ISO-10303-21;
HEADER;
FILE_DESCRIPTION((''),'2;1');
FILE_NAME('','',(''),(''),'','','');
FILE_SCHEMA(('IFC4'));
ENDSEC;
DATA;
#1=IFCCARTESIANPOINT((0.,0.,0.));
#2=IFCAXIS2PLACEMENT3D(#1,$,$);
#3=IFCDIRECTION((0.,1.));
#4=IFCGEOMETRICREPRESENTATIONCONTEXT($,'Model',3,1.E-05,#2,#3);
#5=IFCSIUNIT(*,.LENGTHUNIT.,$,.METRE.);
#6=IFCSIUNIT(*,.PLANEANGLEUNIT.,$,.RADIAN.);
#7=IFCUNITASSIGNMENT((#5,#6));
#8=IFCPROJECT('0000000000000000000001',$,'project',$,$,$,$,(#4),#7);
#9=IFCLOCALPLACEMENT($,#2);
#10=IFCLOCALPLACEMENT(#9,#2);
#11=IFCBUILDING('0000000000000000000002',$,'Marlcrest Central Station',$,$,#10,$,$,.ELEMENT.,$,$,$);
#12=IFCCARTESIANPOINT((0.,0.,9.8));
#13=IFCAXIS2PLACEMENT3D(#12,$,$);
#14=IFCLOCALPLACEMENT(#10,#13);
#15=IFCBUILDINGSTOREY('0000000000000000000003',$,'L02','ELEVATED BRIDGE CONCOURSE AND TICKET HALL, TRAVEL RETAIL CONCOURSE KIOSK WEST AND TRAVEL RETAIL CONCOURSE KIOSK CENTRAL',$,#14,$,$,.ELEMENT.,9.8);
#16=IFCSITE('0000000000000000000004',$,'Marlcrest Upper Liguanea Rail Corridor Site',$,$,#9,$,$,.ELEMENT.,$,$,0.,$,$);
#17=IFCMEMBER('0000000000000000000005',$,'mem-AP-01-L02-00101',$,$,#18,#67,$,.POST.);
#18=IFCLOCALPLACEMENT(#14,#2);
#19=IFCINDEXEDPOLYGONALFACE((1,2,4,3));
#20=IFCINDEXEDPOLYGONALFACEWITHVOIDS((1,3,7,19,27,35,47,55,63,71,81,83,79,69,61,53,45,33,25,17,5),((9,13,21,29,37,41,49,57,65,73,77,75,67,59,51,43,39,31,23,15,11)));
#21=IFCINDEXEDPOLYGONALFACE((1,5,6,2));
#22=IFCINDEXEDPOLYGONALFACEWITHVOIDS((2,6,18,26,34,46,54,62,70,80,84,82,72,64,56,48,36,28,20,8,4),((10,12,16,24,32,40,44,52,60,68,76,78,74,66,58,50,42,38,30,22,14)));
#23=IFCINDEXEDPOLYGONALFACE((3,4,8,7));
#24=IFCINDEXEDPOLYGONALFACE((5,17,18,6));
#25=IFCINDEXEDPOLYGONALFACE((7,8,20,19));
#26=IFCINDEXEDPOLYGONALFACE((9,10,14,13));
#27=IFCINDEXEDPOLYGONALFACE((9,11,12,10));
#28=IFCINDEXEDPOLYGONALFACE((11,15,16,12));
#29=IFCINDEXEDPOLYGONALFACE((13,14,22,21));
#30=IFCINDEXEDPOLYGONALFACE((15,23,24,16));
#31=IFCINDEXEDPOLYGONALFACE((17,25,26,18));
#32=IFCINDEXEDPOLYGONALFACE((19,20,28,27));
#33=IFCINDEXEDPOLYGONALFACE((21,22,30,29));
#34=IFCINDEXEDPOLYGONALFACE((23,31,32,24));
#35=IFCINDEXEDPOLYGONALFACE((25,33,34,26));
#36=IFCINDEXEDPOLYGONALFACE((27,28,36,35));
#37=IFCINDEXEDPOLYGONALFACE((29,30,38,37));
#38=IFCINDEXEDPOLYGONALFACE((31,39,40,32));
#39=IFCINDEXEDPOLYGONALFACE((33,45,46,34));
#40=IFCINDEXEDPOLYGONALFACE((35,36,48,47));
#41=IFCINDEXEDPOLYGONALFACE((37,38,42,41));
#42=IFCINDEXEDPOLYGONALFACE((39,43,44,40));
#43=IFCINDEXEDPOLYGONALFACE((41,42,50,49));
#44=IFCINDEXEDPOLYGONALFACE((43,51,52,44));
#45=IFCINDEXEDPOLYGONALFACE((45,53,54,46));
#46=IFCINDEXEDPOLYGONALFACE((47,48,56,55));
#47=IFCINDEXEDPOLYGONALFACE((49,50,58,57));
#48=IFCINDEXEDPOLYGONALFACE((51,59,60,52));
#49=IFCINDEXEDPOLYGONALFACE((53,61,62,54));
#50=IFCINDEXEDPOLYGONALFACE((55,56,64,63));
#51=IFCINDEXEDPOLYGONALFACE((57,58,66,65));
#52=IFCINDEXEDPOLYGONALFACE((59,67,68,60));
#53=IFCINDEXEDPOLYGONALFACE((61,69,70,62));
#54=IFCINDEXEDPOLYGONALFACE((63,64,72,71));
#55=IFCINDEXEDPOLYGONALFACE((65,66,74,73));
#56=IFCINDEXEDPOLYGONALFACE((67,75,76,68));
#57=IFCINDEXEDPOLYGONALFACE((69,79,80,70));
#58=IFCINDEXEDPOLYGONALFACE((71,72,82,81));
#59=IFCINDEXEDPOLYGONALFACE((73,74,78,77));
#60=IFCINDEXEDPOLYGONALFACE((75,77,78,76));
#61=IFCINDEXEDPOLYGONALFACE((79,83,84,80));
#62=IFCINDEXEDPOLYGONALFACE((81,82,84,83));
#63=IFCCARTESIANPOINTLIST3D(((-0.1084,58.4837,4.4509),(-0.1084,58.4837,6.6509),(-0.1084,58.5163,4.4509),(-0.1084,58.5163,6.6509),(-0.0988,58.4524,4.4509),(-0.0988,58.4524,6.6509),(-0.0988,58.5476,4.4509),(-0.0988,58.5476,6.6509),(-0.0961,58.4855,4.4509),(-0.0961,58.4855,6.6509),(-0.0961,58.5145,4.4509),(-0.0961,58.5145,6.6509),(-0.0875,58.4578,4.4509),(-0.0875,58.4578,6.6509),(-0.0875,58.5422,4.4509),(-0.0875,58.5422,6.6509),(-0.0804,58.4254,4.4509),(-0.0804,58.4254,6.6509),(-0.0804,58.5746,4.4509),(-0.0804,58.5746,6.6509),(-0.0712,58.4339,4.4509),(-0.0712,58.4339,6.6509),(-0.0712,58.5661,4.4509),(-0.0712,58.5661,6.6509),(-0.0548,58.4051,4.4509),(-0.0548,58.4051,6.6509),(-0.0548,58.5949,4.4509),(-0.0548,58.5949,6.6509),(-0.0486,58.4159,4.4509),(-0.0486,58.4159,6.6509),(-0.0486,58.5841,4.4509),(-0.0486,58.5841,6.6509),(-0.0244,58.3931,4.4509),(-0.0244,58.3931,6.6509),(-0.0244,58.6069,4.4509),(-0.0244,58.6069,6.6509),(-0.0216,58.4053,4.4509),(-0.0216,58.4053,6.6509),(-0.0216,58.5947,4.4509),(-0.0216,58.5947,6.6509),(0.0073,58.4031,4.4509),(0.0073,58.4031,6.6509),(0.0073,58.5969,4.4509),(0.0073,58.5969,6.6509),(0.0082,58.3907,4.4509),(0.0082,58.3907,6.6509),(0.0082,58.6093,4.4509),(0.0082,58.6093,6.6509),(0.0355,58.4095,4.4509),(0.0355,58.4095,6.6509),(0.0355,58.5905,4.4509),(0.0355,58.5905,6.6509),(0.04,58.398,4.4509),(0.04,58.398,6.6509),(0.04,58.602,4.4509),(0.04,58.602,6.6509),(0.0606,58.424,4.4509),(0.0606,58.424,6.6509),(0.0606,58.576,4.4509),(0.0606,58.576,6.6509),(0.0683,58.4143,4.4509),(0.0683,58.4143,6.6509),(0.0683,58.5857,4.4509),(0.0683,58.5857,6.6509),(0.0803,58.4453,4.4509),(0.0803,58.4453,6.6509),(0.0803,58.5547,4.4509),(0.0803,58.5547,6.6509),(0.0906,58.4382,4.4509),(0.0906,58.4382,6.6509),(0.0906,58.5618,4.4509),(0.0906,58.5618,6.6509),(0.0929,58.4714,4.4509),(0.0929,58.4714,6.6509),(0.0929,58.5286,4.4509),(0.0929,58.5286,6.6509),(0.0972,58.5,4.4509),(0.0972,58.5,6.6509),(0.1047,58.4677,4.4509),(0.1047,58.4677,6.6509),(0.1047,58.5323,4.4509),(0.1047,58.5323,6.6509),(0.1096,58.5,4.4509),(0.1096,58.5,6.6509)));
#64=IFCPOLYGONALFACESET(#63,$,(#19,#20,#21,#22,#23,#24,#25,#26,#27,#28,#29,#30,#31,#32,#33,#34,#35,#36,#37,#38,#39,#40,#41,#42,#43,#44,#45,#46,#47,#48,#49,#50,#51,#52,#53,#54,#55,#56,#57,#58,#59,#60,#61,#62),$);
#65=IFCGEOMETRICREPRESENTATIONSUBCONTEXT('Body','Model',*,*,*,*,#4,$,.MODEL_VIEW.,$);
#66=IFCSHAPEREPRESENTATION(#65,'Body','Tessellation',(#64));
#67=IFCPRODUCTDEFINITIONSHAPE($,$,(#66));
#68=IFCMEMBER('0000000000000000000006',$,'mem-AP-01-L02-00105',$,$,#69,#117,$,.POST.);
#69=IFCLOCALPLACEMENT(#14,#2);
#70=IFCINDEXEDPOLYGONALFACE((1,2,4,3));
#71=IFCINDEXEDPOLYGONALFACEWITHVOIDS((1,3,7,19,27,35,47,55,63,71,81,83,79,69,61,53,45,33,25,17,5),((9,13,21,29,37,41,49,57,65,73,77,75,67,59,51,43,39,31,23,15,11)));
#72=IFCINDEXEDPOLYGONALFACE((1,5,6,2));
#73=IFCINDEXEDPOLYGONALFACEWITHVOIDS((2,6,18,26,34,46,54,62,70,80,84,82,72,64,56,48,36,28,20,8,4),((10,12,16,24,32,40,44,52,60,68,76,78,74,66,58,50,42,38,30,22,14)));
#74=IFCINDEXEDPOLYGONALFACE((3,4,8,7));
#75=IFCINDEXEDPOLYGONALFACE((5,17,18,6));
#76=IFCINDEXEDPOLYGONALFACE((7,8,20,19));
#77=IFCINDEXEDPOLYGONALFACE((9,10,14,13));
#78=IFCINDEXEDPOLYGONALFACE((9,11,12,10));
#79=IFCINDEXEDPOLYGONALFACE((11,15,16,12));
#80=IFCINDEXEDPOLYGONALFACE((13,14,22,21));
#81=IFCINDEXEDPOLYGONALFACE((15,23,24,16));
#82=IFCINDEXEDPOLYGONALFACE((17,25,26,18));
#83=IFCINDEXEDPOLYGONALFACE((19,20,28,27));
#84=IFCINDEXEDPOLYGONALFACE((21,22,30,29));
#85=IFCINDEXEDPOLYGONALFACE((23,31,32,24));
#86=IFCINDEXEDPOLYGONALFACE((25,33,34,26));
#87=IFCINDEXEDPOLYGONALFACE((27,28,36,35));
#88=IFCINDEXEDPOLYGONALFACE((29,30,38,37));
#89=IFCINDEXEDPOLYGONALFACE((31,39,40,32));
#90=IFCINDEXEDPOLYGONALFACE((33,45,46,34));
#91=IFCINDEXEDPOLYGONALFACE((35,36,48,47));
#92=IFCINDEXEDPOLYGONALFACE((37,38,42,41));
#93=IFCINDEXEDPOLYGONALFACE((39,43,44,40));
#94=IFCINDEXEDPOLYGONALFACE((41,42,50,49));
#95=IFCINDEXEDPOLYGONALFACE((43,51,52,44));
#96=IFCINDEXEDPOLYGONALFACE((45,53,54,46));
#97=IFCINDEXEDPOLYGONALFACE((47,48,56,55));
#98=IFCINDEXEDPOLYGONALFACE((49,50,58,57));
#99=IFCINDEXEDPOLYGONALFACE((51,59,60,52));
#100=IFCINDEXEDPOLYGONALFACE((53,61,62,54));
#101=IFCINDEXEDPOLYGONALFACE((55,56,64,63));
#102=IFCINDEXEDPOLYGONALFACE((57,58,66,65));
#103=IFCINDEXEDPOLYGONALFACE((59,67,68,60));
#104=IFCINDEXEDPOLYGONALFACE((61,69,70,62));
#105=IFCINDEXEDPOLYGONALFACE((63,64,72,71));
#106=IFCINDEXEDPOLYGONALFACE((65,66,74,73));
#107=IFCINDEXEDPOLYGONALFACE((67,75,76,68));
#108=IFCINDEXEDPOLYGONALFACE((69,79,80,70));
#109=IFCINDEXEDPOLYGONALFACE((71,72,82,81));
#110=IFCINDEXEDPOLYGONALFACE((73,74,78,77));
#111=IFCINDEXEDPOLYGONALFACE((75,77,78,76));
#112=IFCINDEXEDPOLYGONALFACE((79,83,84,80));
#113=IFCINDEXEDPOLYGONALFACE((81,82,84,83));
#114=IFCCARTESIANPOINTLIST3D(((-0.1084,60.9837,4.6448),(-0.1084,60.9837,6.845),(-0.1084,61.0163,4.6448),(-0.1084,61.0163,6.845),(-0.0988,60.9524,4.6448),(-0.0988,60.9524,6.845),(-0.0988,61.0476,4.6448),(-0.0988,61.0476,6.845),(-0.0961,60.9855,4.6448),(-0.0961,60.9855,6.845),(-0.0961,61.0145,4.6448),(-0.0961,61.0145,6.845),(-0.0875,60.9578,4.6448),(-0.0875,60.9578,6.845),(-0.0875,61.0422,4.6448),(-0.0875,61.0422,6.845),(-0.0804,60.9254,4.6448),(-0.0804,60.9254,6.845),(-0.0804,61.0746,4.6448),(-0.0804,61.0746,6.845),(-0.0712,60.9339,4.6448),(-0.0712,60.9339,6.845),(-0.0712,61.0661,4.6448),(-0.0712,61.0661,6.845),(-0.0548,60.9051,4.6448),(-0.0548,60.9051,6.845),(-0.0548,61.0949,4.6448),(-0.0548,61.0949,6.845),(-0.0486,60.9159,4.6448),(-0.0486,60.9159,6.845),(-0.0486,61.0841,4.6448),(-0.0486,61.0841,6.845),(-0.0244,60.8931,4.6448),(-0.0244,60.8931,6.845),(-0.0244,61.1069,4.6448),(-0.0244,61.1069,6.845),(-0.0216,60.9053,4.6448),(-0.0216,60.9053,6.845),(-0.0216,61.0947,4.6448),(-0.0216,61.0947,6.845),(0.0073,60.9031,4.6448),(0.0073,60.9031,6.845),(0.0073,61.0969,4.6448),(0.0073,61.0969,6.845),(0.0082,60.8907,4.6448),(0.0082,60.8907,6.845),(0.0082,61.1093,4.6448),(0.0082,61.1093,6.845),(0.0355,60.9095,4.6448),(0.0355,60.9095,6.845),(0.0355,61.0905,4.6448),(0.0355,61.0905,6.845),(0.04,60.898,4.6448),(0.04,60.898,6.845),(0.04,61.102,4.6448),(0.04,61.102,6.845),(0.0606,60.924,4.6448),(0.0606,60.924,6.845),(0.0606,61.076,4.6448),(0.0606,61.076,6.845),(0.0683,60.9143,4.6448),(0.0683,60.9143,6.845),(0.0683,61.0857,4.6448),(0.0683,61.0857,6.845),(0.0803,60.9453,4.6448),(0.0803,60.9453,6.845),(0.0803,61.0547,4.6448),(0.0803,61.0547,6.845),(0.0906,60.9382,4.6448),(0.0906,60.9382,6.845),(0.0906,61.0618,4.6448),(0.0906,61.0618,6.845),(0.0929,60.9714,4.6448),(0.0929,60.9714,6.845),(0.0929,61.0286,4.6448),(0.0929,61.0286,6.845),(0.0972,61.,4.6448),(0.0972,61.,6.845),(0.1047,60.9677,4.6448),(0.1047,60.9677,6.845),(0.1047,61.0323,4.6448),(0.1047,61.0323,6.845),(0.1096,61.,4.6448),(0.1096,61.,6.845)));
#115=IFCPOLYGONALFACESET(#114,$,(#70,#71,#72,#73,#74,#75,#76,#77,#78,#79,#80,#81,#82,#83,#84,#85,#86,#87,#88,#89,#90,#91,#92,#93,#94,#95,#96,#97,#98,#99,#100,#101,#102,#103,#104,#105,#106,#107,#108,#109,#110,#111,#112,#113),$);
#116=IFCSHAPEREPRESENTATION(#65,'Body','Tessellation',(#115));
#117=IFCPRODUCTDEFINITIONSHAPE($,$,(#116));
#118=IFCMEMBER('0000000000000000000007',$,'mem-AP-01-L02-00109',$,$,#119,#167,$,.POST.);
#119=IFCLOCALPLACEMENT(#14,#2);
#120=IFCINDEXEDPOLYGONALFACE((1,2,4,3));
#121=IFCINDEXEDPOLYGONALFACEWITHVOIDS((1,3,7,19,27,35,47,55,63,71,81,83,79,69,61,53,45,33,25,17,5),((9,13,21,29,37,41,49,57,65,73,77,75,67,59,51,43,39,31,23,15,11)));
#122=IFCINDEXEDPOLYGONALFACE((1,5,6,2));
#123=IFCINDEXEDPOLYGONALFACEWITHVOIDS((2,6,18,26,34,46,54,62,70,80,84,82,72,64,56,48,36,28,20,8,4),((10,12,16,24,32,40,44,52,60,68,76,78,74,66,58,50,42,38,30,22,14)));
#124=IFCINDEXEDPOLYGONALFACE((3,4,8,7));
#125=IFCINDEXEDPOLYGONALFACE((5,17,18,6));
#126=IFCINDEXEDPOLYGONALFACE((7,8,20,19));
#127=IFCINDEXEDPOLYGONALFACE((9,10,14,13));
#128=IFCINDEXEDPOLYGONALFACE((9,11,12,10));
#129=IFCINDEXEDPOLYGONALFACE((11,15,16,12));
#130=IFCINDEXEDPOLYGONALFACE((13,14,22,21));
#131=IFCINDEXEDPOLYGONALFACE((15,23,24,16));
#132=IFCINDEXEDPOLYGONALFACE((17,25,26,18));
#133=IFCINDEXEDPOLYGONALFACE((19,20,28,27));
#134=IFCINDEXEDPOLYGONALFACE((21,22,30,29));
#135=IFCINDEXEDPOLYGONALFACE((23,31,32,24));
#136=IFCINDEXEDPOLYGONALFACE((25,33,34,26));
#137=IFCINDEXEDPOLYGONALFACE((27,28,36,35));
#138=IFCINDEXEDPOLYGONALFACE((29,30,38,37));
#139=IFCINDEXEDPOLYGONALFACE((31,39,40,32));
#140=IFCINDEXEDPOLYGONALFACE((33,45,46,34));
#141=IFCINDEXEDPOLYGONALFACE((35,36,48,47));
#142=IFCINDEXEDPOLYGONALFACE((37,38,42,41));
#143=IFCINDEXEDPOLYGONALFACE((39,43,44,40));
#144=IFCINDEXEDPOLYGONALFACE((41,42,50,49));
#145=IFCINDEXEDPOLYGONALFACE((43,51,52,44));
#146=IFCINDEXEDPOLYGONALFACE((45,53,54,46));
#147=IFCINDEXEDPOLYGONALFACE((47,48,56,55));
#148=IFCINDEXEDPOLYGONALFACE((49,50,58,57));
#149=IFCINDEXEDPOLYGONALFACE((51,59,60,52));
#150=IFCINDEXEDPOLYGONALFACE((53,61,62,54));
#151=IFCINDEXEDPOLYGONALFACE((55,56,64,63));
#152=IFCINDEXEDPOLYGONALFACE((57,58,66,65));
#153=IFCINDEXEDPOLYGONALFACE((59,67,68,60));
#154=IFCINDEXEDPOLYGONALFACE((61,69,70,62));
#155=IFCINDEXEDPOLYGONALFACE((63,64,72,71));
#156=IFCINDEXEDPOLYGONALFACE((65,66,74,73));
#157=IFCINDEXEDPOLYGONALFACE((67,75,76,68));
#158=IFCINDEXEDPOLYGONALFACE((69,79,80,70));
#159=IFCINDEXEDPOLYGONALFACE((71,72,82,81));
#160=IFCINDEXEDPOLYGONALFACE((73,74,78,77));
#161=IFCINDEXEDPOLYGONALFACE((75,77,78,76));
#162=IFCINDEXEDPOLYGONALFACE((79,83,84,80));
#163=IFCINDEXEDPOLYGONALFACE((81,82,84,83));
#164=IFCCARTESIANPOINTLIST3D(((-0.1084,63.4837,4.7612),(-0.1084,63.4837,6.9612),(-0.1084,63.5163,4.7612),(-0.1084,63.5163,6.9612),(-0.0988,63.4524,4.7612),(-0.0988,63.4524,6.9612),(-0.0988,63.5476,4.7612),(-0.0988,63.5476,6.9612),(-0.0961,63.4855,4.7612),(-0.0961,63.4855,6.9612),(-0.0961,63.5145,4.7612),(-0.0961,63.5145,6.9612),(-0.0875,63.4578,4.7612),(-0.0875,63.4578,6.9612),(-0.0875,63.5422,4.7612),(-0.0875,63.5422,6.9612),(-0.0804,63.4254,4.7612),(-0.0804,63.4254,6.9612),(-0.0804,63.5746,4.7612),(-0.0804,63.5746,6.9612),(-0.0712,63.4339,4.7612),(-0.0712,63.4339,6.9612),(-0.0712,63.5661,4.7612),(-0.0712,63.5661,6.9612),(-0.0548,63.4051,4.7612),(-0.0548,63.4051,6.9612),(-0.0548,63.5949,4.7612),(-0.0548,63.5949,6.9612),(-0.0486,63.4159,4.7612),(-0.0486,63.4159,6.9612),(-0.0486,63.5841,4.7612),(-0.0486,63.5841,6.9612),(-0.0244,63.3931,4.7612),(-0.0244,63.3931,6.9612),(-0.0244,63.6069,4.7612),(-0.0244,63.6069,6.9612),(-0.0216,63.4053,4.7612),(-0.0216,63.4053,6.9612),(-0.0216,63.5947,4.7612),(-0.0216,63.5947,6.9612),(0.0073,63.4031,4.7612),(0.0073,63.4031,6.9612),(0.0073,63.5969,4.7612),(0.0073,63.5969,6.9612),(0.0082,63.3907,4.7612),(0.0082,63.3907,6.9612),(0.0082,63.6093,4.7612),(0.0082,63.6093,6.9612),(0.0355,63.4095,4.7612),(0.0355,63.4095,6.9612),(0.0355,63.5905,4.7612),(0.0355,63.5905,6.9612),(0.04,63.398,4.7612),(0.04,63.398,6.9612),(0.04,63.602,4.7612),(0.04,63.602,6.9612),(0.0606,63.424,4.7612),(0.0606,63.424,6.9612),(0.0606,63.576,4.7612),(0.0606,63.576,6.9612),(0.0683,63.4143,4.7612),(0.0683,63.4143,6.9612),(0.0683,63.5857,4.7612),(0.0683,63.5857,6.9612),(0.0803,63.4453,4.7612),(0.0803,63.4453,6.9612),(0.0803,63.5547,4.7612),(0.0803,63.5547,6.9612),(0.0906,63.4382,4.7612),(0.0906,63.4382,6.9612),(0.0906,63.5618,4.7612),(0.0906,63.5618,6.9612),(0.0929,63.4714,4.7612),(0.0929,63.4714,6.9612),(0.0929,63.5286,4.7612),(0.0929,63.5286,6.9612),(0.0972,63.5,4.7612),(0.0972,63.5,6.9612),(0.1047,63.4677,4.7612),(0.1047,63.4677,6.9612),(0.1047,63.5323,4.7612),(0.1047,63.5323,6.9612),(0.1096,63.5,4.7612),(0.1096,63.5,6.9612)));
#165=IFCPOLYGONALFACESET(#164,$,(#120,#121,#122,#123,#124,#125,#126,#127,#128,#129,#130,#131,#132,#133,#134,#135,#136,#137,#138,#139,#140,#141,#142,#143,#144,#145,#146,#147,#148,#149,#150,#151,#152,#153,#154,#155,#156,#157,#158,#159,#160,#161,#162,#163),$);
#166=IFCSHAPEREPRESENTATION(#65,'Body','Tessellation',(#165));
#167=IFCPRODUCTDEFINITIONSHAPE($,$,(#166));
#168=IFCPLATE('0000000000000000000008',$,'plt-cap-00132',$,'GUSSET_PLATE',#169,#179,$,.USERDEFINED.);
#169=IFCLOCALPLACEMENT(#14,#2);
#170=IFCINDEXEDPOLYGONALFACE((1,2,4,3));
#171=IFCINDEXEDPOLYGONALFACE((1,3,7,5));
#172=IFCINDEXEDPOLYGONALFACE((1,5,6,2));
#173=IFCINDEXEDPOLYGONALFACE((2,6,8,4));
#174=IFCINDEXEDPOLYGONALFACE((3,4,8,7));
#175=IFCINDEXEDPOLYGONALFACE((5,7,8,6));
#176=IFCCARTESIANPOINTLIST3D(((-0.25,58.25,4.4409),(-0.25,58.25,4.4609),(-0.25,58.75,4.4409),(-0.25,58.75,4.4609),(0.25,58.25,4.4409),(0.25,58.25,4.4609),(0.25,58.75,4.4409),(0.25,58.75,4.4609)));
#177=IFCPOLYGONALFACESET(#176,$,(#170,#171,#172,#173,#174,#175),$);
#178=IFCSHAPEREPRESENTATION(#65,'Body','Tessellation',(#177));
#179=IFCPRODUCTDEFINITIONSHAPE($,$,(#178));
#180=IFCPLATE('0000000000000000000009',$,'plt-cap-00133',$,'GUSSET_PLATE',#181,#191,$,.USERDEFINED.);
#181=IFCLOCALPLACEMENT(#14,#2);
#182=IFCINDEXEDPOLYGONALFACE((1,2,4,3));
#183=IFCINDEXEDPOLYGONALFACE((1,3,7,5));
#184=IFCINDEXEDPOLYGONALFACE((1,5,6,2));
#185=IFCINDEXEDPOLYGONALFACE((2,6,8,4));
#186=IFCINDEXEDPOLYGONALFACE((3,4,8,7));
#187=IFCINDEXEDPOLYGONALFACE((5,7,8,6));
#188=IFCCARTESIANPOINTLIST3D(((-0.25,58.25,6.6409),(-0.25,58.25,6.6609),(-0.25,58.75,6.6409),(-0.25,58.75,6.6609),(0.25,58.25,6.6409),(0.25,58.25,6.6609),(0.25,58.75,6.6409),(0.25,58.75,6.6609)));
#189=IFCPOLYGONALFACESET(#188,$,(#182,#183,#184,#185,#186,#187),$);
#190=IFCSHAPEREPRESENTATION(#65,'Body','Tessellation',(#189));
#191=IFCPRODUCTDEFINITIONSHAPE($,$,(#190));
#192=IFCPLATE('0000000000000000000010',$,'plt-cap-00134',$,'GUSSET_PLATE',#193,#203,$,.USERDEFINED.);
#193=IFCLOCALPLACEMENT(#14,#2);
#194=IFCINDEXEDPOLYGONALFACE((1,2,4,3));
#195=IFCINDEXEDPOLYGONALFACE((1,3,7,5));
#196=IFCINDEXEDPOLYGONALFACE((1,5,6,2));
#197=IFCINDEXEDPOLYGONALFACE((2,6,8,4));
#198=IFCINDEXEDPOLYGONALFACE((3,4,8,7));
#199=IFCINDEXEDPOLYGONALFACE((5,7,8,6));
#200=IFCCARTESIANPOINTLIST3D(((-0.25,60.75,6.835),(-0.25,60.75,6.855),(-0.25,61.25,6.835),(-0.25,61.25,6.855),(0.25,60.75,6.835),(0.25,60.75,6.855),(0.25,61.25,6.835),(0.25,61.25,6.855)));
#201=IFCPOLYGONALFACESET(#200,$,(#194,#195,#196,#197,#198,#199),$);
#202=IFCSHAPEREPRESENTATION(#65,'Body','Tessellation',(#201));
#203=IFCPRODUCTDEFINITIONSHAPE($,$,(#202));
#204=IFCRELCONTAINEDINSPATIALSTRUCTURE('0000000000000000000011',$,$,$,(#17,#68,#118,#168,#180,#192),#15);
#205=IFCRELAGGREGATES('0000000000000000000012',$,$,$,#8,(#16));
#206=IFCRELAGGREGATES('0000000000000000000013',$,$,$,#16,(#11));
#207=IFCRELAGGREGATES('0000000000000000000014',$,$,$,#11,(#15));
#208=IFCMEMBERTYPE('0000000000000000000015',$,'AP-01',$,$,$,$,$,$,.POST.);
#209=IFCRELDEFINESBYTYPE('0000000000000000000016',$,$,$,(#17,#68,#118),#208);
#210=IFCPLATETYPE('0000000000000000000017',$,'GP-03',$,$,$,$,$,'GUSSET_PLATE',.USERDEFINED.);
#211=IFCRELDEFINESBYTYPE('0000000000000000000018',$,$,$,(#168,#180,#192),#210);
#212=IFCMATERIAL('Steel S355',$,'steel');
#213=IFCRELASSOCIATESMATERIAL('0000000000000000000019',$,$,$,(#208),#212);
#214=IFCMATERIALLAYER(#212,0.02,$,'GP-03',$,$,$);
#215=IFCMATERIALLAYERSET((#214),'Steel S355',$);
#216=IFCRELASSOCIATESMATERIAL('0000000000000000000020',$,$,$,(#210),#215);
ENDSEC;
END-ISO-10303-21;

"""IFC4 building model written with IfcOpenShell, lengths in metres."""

from ifc_helpers import new_model, si_unit, direction, frame, origin, origin_2d, place, context, subcontext, project, spatial, rectangle, hollow_circle, extrude, material, layer, layer_set, material_profile, profile_set, type_object, element, save


model = new_model("IFC4")

# Units and contexts
model_context = context("Model", 3, precision=1e-05, world=origin(), true_north=direction((0.0, 1.0)))
body_context = subcontext(model_context, "Body", "Model", "MODEL_VIEW")
ifc_project = project(units=[si_unit("LENGTHUNIT", "METRE"), si_unit("PLANEANGLEUNIT", "RADIAN")], contexts=[model_context])

# Site, building, storey
site_placement = place(None, origin())
site = spatial("IfcSite", under=ifc_project, at=site_placement, Name="Marlcrest Upper Liguanea Rail Corridor Site", CompositionType="ELEMENT", RefElevation=0.0)
building_placement = place(site_placement, origin())
building = spatial("IfcBuilding", under=site, at=building_placement, Name="Marlcrest Central Station", CompositionType="ELEMENT")
storey_placement = place(building_placement, frame((0.0, 0.0, 9.8)))
storey = spatial("IfcBuildingStorey", under=building, at=storey_placement, Name="L02", Description="ELEVATED BRIDGE CONCOURSE AND TICKET HALL, TRAVEL RETAIL CONCOURSE KIOSK WEST AND TRAVEL RETAIL CONCOURSE KIOSK CENTRAL", CompositionType="ELEMENT", Elevation=9.8)

# Members
ifc_material = material(Name="Steel S355", Category="steel")
ifc_material_profile_1 = material_profile(ifc_material, hollow_circle(Radius=0.1096, WallThickness=0.0125, at=origin_2d()), Name="CHS 219.1x12.5")
ifc_profile_set_1 = profile_set([ifc_material_profile_1], Name="Steel S355")
member_type_1 = type_object("IfcMemberType", Name="AP-01", PredefinedType="POST", material=ifc_profile_set_1)
member_1_placement = place(storey_placement, frame((0.0, 58.5, 4.4509), z_axis=(0.0, 0.0, 1.0), x_axis=(1.0, 0.0, 0.0)))
element("IfcMember", 1, at=member_1_placement, inside=storey, type_object=member_type_1, Name="mem-AP-01-L02-00101", PredefinedType="POST", context=body_context, shape_type="SweptSolid", body=[
    extrude(hollow_circle(Radius=0.1096, WallThickness=0.0125, at=origin_2d()), origin(), (0.0, 0.0, 1.0), 2.2),
])
member_2_placement = place(storey_placement, frame((0.0, 61.0, 4.6448), z_axis=(0.0, 0.0, 1.0), x_axis=(1.0, 0.0, 0.0)))
element("IfcMember", 2, at=member_2_placement, inside=storey, type_object=member_type_1, Name="mem-AP-01-L02-00105", PredefinedType="POST", context=body_context, shape_type="SweptSolid", body=[
    extrude(hollow_circle(Radius=0.1096, WallThickness=0.0125, at=origin_2d()), origin(), (0.0, 0.0, 1.0), 2.2002),
])
member_3_placement = place(storey_placement, frame((0.0, 63.5, 4.7612), z_axis=(0.0, 0.0, 1.0), x_axis=(1.0, 0.0, 0.0)))
element("IfcMember", 3, at=member_3_placement, inside=storey, type_object=member_type_1, Name="mem-AP-01-L02-00109", PredefinedType="POST", context=body_context, shape_type="SweptSolid", body=[
    extrude(hollow_circle(Radius=0.1096, WallThickness=0.0125, at=origin_2d()), origin(), (0.0, 0.0, 1.0), 2.2),
])

# Plates
ifc_layer = layer(ifc_material, 0.02, Name="GP-03")
ifc_layer_set = layer_set([ifc_layer], Name="Steel S355")
plate_type = type_object("IfcPlateType", Name="GP-03", ElementType="GUSSET_PLATE", PredefinedType="USERDEFINED", material=ifc_layer_set)
for number, where, z_axis, x_axis, name in (
    (4, (0.0, 58.5, 4.4409), (0.0, 0.0, 1.0), (1.0, 0.0, 0.0), "plt-cap-00132"),
    (5, (0.0, 58.5, 6.6409), (0.0, 0.0, 1.0), (1.0, 0.0, 0.0), "plt-cap-00133"),
    (6, (0.0, 61.0, 6.835), (0.0, 0.0, 1.0), (1.0, 0.0, 0.0), "plt-cap-00134"),
):
    element("IfcPlate", number, at=place(storey_placement, frame(where, z_axis=z_axis, x_axis=x_axis)), inside=storey, type_object=plate_type, Name=name, ObjectType="GUSSET_PLATE", PredefinedType="USERDEFINED", context=body_context, shape_type="SweptSolid", body=[
        extrude(rectangle(XDim=0.5, YDim=0.5, at=origin_2d()), origin(), (0.0, 0.0, 1.0), 0.02),
    ])

save(model, "model.ifc")
